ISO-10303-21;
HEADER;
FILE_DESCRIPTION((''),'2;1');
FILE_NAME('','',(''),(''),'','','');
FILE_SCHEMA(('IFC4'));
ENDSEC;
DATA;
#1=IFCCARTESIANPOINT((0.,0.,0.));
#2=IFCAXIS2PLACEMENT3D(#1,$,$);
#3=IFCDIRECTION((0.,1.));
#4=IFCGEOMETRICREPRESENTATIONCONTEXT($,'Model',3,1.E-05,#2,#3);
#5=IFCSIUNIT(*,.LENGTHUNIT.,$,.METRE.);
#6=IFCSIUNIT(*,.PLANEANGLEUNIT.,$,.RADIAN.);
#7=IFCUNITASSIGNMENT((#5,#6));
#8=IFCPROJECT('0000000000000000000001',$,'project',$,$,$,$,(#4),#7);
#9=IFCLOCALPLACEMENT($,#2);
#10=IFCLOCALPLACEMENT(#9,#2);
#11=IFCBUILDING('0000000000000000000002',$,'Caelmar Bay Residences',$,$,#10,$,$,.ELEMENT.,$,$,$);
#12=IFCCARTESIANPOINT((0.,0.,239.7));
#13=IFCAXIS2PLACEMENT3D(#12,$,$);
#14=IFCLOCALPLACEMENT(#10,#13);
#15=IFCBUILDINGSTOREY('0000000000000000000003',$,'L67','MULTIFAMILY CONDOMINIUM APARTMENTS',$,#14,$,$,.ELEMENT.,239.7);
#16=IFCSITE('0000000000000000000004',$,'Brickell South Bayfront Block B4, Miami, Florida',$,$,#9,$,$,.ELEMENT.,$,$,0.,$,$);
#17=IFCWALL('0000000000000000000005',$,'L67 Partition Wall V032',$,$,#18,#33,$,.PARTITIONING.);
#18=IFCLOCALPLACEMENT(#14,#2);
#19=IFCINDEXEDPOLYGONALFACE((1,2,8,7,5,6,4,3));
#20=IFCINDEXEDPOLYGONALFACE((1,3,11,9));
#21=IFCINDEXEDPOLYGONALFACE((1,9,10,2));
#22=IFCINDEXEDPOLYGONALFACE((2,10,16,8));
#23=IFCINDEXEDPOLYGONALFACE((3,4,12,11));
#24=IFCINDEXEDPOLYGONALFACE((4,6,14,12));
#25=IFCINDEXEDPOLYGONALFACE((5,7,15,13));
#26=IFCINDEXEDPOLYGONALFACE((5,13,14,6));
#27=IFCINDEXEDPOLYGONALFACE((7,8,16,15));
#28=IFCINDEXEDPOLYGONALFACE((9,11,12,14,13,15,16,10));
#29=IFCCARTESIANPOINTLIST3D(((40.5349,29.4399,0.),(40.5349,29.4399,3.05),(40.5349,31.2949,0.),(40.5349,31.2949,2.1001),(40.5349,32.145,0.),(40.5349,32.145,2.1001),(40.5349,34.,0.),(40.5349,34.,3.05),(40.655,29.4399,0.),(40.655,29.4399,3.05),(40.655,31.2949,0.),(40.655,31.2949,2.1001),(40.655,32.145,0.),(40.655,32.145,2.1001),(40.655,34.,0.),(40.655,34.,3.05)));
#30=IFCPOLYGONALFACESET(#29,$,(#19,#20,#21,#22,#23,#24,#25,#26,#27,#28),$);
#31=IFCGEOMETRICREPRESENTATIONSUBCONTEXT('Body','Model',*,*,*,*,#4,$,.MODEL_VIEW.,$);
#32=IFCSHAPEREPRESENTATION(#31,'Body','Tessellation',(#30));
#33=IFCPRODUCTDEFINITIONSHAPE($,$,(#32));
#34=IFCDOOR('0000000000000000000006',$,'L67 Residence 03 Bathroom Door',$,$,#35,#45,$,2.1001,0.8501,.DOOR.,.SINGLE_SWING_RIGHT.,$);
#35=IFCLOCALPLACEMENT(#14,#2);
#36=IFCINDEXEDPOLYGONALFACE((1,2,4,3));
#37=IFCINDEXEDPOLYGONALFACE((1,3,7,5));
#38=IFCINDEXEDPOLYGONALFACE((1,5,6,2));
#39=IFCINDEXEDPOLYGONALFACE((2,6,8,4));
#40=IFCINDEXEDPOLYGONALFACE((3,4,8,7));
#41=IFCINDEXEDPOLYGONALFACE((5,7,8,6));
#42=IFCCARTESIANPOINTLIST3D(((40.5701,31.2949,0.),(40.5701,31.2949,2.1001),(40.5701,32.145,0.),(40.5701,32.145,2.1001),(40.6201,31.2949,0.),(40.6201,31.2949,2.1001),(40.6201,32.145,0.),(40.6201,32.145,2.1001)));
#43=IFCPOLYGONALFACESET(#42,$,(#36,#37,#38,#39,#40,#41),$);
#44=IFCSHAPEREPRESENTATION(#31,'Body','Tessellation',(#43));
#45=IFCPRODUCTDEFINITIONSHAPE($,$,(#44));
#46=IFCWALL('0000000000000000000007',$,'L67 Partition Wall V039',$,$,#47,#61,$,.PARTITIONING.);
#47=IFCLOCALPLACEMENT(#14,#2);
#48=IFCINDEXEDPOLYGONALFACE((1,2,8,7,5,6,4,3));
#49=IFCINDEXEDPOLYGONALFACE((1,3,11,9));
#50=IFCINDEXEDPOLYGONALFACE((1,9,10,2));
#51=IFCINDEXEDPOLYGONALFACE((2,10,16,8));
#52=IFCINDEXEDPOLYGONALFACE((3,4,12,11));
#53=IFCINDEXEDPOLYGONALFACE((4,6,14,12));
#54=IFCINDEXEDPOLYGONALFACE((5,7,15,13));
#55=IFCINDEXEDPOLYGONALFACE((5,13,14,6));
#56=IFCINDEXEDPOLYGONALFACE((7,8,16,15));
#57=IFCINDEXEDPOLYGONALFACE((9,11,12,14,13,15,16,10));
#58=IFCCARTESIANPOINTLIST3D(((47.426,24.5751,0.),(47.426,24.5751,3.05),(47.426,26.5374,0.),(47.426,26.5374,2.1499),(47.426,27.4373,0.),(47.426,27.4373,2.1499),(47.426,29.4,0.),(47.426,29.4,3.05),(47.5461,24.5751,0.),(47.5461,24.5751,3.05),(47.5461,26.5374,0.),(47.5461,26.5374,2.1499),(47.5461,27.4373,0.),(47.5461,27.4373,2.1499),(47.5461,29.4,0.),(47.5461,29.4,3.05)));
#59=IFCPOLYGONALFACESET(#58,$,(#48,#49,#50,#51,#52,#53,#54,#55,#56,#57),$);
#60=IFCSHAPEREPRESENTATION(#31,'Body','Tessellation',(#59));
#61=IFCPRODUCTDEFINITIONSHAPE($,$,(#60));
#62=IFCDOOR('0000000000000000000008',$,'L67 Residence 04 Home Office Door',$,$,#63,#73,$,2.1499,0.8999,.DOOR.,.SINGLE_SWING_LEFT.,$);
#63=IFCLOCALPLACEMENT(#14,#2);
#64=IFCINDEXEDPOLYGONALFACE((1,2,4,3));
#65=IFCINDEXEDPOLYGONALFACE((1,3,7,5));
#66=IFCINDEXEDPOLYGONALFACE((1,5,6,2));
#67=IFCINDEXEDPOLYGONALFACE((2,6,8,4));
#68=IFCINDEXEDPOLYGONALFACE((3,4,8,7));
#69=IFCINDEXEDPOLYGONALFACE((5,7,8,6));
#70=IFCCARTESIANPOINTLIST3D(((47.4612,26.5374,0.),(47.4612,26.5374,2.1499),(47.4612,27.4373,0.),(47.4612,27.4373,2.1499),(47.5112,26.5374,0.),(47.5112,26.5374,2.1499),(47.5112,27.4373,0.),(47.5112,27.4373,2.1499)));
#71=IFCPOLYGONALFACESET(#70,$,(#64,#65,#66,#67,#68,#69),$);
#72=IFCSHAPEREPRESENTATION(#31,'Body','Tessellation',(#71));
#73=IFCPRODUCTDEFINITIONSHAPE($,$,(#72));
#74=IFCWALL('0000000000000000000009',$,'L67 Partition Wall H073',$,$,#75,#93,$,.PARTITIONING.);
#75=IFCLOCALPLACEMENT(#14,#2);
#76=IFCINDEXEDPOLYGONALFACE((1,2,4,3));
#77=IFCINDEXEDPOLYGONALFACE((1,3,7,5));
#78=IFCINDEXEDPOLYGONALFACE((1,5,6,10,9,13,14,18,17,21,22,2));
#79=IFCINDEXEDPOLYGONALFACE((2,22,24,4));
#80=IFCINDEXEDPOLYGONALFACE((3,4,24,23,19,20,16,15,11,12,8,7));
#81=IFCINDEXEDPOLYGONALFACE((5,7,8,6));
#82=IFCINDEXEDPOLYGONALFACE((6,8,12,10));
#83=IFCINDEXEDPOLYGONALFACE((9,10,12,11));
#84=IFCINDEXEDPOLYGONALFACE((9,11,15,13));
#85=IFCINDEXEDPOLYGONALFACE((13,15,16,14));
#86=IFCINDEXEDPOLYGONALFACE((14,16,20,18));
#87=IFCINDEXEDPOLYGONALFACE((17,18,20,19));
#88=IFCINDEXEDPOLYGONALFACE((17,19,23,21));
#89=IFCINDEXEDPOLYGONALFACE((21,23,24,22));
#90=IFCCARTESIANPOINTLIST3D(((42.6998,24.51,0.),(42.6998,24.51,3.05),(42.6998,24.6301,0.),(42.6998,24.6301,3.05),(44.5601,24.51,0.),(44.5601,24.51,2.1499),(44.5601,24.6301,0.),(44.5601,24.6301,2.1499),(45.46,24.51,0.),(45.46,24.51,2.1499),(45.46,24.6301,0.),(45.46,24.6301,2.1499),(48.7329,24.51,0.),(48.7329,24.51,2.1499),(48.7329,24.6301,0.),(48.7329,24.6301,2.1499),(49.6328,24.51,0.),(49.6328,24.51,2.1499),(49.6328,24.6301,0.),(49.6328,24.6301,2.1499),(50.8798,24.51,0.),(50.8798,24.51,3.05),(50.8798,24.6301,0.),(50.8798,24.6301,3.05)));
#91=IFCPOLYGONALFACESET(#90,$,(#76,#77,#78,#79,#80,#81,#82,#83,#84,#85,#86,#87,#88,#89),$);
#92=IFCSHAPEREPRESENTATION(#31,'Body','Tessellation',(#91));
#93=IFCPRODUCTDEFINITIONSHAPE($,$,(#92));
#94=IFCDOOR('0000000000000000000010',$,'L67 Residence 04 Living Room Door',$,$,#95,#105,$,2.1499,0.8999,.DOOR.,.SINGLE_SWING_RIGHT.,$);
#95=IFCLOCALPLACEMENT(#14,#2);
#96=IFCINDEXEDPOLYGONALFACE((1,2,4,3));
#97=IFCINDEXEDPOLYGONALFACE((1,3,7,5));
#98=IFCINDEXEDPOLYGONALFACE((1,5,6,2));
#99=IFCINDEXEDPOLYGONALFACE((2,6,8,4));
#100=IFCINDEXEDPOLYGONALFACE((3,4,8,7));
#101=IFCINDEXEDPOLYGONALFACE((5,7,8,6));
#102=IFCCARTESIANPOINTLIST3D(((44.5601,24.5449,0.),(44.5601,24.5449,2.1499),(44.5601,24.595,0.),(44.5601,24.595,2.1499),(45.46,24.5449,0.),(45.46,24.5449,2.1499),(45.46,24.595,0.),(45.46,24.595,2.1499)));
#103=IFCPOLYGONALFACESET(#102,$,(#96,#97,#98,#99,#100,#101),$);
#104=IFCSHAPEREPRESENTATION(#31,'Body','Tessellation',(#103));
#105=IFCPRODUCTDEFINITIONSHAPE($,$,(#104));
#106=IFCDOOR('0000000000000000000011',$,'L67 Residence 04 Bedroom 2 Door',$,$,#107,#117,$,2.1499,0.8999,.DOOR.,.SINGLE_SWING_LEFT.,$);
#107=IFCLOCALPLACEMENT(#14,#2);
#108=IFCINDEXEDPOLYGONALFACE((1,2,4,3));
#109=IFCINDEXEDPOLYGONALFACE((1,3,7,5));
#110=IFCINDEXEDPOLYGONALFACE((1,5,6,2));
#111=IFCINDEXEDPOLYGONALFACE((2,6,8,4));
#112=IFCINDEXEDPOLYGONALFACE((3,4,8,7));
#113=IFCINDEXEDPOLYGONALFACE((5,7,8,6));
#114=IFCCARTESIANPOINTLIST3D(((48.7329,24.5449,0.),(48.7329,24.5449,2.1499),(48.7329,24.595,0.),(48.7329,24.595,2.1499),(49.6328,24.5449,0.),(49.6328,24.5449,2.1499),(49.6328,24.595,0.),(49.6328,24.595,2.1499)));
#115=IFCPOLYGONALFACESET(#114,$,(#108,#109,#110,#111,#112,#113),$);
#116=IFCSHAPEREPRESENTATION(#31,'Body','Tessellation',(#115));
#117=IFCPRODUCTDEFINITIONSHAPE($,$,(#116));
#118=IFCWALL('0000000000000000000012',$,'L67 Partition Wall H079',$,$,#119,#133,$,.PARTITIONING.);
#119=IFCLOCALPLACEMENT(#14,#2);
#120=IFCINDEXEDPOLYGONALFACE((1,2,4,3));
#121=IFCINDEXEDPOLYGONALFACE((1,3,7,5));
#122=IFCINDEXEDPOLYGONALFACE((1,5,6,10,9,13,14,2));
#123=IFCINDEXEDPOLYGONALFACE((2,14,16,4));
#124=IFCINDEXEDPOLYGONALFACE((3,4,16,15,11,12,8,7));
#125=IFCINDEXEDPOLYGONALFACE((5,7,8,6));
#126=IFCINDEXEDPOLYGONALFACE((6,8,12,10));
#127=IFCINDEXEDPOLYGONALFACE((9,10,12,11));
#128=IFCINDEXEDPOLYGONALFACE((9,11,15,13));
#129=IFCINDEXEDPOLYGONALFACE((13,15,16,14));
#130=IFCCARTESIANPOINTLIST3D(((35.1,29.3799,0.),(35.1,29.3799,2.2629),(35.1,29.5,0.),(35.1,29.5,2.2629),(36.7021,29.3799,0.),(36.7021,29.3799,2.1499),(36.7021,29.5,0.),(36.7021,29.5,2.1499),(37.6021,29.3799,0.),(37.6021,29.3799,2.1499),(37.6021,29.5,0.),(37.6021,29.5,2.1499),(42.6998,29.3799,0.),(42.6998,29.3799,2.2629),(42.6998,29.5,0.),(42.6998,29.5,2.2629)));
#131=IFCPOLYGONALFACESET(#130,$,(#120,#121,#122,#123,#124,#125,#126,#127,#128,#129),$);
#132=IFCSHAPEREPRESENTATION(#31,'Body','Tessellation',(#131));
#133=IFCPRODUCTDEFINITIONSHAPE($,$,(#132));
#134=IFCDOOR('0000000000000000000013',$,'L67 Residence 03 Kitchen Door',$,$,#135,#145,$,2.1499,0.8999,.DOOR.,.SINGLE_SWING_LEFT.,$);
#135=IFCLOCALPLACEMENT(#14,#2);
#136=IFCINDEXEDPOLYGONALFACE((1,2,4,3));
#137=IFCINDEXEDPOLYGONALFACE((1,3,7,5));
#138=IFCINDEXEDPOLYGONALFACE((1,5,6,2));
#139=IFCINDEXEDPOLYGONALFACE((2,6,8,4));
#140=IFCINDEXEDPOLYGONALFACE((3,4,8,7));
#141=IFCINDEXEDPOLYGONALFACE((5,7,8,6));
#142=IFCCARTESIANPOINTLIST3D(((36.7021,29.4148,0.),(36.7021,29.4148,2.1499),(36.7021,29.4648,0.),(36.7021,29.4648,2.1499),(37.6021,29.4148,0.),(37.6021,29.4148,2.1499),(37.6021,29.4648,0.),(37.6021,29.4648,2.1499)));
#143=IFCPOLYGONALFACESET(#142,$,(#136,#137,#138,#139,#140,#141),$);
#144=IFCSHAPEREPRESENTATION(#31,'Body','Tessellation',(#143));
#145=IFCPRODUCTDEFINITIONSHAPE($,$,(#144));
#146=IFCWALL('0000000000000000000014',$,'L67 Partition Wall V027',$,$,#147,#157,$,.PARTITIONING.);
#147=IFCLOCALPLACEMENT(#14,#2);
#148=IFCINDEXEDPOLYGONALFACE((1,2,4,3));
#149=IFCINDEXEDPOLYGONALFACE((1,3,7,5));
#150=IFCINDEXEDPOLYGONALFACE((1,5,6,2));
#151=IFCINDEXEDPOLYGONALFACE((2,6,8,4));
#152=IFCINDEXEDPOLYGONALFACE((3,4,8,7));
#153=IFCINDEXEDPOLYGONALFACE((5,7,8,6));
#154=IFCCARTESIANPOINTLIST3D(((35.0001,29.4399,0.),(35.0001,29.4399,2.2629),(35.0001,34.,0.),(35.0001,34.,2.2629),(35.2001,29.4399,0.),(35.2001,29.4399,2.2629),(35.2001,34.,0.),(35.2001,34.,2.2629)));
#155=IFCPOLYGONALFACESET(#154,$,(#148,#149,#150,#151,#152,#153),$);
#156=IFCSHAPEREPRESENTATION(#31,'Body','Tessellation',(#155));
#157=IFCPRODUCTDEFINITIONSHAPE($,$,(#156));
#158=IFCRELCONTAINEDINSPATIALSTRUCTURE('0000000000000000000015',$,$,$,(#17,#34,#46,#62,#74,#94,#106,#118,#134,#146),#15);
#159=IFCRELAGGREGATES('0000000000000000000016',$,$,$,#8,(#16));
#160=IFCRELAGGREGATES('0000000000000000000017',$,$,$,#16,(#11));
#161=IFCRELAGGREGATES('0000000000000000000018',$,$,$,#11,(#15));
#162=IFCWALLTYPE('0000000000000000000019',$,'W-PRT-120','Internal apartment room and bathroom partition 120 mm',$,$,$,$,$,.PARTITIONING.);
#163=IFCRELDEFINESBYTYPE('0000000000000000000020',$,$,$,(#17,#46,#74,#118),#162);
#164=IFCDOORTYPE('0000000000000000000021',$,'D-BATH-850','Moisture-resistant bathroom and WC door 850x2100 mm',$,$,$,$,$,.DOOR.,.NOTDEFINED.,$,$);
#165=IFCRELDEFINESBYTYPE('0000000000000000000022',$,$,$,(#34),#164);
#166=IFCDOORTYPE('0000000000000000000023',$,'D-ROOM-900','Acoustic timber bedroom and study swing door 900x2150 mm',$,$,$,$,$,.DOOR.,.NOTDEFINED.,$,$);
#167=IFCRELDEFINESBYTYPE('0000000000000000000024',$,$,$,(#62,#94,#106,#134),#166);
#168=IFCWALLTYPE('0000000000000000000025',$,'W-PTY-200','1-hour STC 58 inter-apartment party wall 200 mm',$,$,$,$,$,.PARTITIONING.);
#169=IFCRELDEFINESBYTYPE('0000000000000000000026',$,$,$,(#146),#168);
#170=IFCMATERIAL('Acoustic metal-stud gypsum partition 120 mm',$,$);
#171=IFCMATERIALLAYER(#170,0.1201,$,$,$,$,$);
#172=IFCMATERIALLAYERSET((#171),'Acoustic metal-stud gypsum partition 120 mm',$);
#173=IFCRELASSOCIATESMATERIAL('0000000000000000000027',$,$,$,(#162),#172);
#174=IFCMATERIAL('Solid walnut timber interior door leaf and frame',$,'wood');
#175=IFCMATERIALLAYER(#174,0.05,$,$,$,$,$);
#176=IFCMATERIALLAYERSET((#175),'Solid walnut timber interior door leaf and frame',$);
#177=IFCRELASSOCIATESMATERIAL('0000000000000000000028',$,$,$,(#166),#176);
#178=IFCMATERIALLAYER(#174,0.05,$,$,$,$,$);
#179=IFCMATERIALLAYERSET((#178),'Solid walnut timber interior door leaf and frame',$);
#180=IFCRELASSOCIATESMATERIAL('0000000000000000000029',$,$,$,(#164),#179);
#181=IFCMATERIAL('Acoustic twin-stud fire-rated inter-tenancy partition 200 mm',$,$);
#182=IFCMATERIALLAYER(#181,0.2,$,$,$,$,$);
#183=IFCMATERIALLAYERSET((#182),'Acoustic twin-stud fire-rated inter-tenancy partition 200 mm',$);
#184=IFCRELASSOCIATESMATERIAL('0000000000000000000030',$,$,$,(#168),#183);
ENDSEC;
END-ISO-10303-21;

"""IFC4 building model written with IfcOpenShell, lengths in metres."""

from ifc_helpers import new_model, si_unit, direction, frame, frame_2d, origin, place, context, subcontext, project, spatial, rectangle, extrude, material, layer, layer_set, type_object, element, fill, save


model = new_model("IFC4")

# Units and contexts
model_context = context("Model", 3, precision=1e-05, world=origin(), true_north=direction((0.0, 1.0)))
body_context = subcontext(model_context, "Body", "Model", "MODEL_VIEW")
ifc_project = project(units=[si_unit("LENGTHUNIT", "METRE"), si_unit("PLANEANGLEUNIT", "RADIAN")], contexts=[model_context])

# Site, building, storey
site_placement = place(None, origin())
site = spatial("IfcSite", under=ifc_project, at=site_placement, Name="Brickell South Bayfront Block B4, Miami, Florida", CompositionType="ELEMENT", RefElevation=0.0)
building_placement = place(site_placement, origin())
building = spatial("IfcBuilding", under=site, at=building_placement, Name="Caelmar Bay Residences", CompositionType="ELEMENT")
storey_placement = place(building_placement, frame((0.0, 0.0, 239.7)))
storey = spatial("IfcBuildingStorey", under=building, at=storey_placement, Name="L67", Description="MULTIFAMILY CONDOMINIUM APARTMENTS", CompositionType="ELEMENT", Elevation=239.7)

# Walls, openings, doors
ifc_material_1 = material(Name="Acoustic metal-stud gypsum partition 120 mm")
ifc_layer_1 = layer(ifc_material_1, 0.1201)
ifc_layer_set_1 = layer_set([ifc_layer_1], Name="Acoustic metal-stud gypsum partition 120 mm")
wall_type_1 = type_object("IfcWallType", Name="W-PRT-120", Description="Internal apartment room and bathroom partition 120 mm", PredefinedType="PARTITIONING", material=ifc_layer_set_1)
ifc_material_2 = material(Name="Solid walnut timber interior door leaf and frame", Category="wood")
ifc_layer_2 = layer(ifc_material_2, 0.05)
ifc_layer_set_2 = layer_set([ifc_layer_2], Name="Solid walnut timber interior door leaf and frame")
door_type_1 = type_object("IfcDoorType", Name="D-ROOM-900", Description="Acoustic timber bedroom and study swing door 900x2150 mm", OperationType="NOTDEFINED", PredefinedType="DOOR", material=ifc_layer_set_2)
wall_1_placement = place(storey_placement, frame((40.595, 29.4399, 0.0), z_axis=(0.0, 0.0, 1.0), x_axis=(0.0, 1.0, 0.0)))
wall_1 = element("IfcWall", 1, at=wall_1_placement, inside=storey, type_object=wall_type_1, Name="L67 Partition Wall V032", PredefinedType="PARTITIONING", context=body_context, shape_type="SweptSolid", body=[
    extrude(rectangle(XDim=4.5601, YDim=0.1201, at=frame_2d((2.28, 0.0))), origin(), (0.0, 0.0, 1.0), 3.05),
])
opening_1_placement = place(wall_1_placement, frame((1.855, 0.0, 0.0)))
opening_1 = element("IfcOpeningElement", 2, at=opening_1_placement, cuts=wall_1, PredefinedType="OPENING", context=body_context, shape_type="SweptSolid", body=[
    extrude(rectangle(XDim=0.8501, YDim=2.1001, at=frame_2d((0.425, 1.05))), frame((0.0, 0.0701, 0.0), z_axis=(0.0, -1.0, 0.0), x_axis=(1.0, 0.0, 0.0)), (0.0, 0.0, 1.0), 0.1401),
])
ifc_layer_3 = layer(ifc_material_2, 0.05)
ifc_layer_set_3 = layer_set([ifc_layer_3], Name="Solid walnut timber interior door leaf and frame")
door_type_2 = type_object("IfcDoorType", Name="D-BATH-850", Description="Moisture-resistant bathroom and WC door 850x2100 mm", OperationType="NOTDEFINED", PredefinedType="DOOR", material=ifc_layer_set_3)
door_1_placement = place(opening_1_placement, origin())
door_1 = element("IfcDoor", 3, at=door_1_placement, inside=storey, type_object=door_type_2, Name="L67 Residence 03 Bathroom Door", OperationType="SINGLE_SWING_RIGHT", OverallHeight=2.1001, OverallWidth=0.8501, PredefinedType="DOOR", context=body_context, shape_type="SweptSolid", body=[
    extrude(rectangle(XDim=0.8501, YDim=2.1001, at=frame_2d((0.425, 1.05))), frame((0.0, 0.0249, 0.0), z_axis=(0.0, -1.0, 0.0), x_axis=(1.0, 0.0, 0.0)), (0.0, 0.0, 1.0), 0.05),
])
fill(opening_1, door_1)
wall_2_placement = place(storey_placement, frame((47.4861, 24.575, 0.0), z_axis=(0.0, 0.0, 1.0), x_axis=(0.0, 1.0, 0.0)))
wall_2 = element("IfcWall", 4, at=wall_2_placement, inside=storey, type_object=wall_type_1, Name="L67 Partition Wall V039", PredefinedType="PARTITIONING", context=body_context, shape_type="SweptSolid", body=[
    extrude(rectangle(XDim=4.825, YDim=0.1201, at=frame_2d((2.4126, 0.0))), origin(), (0.0, 0.0, 1.0), 3.05),
])
opening_2_placement = place(wall_2_placement, frame((1.9624, 0.0, 0.0)))
opening_2 = element("IfcOpeningElement", 5, at=opening_2_placement, cuts=wall_2, PredefinedType="OPENING", context=body_context, shape_type="SweptSolid", body=[
    extrude(rectangle(XDim=0.8999, YDim=2.1499, at=frame_2d((0.45, 1.075))), frame((0.0, 0.0701, 0.0), z_axis=(0.0, -1.0, 0.0), x_axis=(1.0, 0.0, 0.0)), (0.0, 0.0, 1.0), 0.1401),
])
door_2_placement = place(opening_2_placement, origin())
door_2 = element("IfcDoor", 6, at=door_2_placement, inside=storey, type_object=door_type_1, Name="L67 Residence 04 Home Office Door", OperationType="SINGLE_SWING_LEFT", OverallHeight=2.1499, OverallWidth=0.8999, PredefinedType="DOOR", context=body_context, shape_type="SweptSolid", body=[
    extrude(rectangle(XDim=0.8999, YDim=2.1499, at=frame_2d((0.45, 1.075))), frame((0.0, 0.0249, 0.0), z_axis=(0.0, -1.0, 0.0), x_axis=(1.0, 0.0, 0.0)), (0.0, 0.0, 1.0), 0.05),
])
fill(opening_2, door_2)

# Wall, openings, doors
wall_3_placement = place(storey_placement, frame((42.7, 24.5701, 0.0), z_axis=(0.0, 0.0, 1.0), x_axis=(1.0, 0.0, 0.0)))
wall_3 = element("IfcWall", 7, at=wall_3_placement, inside=storey, type_object=wall_type_1, Name="L67 Partition Wall H073", PredefinedType="PARTITIONING", context=body_context, shape_type="SweptSolid", body=[
    extrude(rectangle(XDim=8.1799, YDim=0.1201, at=frame_2d((4.0898, 0.0))), origin(), (0.0, 0.0, 1.0), 3.05),
])
opening_3_placement = place(wall_3_placement, frame((1.8601, 0.0, 0.0)))
opening_3 = element("IfcOpeningElement", 8, at=opening_3_placement, cuts=wall_3, PredefinedType="OPENING", context=body_context, shape_type="SweptSolid", body=[
    extrude(rectangle(XDim=0.8999, YDim=2.1499, at=frame_2d((0.45, 1.075))), frame((0.0, 0.0701, 0.0), z_axis=(0.0, -1.0, 0.0), x_axis=(1.0, 0.0, 0.0)), (0.0, 0.0, 1.0), 0.1401),
])
opening_4_placement = place(wall_3_placement, frame((6.033, 0.0, 0.0)))
opening_4 = element("IfcOpeningElement", 9, at=opening_4_placement, cuts=wall_3, PredefinedType="OPENING", context=body_context, shape_type="SweptSolid", body=[
    extrude(rectangle(XDim=0.8999, YDim=2.1499, at=frame_2d((0.45, 1.075))), frame((0.0, 0.0701, 0.0), z_axis=(0.0, -1.0, 0.0), x_axis=(1.0, 0.0, 0.0)), (0.0, 0.0, 1.0), 0.1401),
])
door_3_placement = place(opening_3_placement, origin())
door_3 = element("IfcDoor", 10, at=door_3_placement, inside=storey, type_object=door_type_1, Name="L67 Residence 04 Living Room Door", OperationType="SINGLE_SWING_RIGHT", OverallHeight=2.1499, OverallWidth=0.8999, PredefinedType="DOOR", context=body_context, shape_type="SweptSolid", body=[
    extrude(rectangle(XDim=0.8999, YDim=2.1499, at=frame_2d((0.45, 1.075))), frame((0.0, 0.0249, 0.0), z_axis=(0.0, -1.0, 0.0), x_axis=(1.0, 0.0, 0.0)), (0.0, 0.0, 1.0), 0.05),
])
fill(opening_3, door_3)
door_4_placement = place(opening_4_placement, origin())
door_4 = element("IfcDoor", 11, at=door_4_placement, inside=storey, type_object=door_type_1, Name="L67 Residence 04 Bedroom 2 Door", OperationType="SINGLE_SWING_LEFT", OverallHeight=2.1499, OverallWidth=0.8999, PredefinedType="DOOR", context=body_context, shape_type="SweptSolid", body=[
    extrude(rectangle(XDim=0.8999, YDim=2.1499, at=frame_2d((0.45, 1.075))), frame((0.0, 0.0249, 0.0), z_axis=(0.0, -1.0, 0.0), x_axis=(1.0, 0.0, 0.0)), (0.0, 0.0, 1.0), 0.05),
])
fill(opening_4, door_4)

# Wall, opening, door
wall_4_placement = place(storey_placement, frame((35.1001, 29.4399, 0.0), z_axis=(0.0, 0.0, 1.0), x_axis=(1.0, 0.0, 0.0)))
wall_4 = element("IfcWall", 12, at=wall_4_placement, inside=storey, type_object=wall_type_1, Name="L67 Partition Wall H079", PredefinedType="PARTITIONING", context=body_context, shape_type="SweptSolid", body=[
    extrude(rectangle(XDim=7.5999, YDim=0.1201, at=frame_2d((3.7998, 0.0))), origin(), (0.0, 0.0, 1.0), 2.2629),
])
opening_5_placement = place(wall_4_placement, frame((1.6021, 0.0, 0.0)))
opening_5 = element("IfcOpeningElement", 13, at=opening_5_placement, cuts=wall_4, PredefinedType="OPENING", context=body_context, shape_type="SweptSolid", body=[
    extrude(rectangle(XDim=0.8999, YDim=2.1499, at=frame_2d((0.45, 1.075))), frame((0.0, 0.0701, 0.0), z_axis=(0.0, -1.0, 0.0), x_axis=(1.0, 0.0, 0.0)), (0.0, 0.0, 1.0), 0.1401),
])
door_5_placement = place(opening_5_placement, origin())
door_5 = element("IfcDoor", 14, at=door_5_placement, inside=storey, type_object=door_type_1, Name="L67 Residence 03 Kitchen Door", OperationType="SINGLE_SWING_LEFT", OverallHeight=2.1499, OverallWidth=0.8999, PredefinedType="DOOR", context=body_context, shape_type="SweptSolid", body=[
    extrude(rectangle(XDim=0.8999, YDim=2.1499, at=frame_2d((0.45, 1.075))), frame((0.0, 0.0249, 0.0), z_axis=(0.0, -1.0, 0.0), x_axis=(1.0, 0.0, 0.0)), (0.0, 0.0, 1.0), 0.05),
])
fill(opening_5, door_5)

# Wall
ifc_material_3 = material(Name="Acoustic twin-stud fire-rated inter-tenancy partition 200 mm")
ifc_layer_4 = layer(ifc_material_3, 0.2)
ifc_layer_set_4 = layer_set([ifc_layer_4], Name="Acoustic twin-stud fire-rated inter-tenancy partition 200 mm")
wall_type_2 = type_object("IfcWallType", Name="W-PTY-200", Description="1-hour STC 58 inter-apartment party wall 200 mm", PredefinedType="PARTITIONING", material=ifc_layer_set_4)
wall_5_placement = place(storey_placement, frame((35.1001, 29.4399, 0.0), z_axis=(0.0, 0.0, 1.0), x_axis=(0.0, 1.0, 0.0)))
element("IfcWall", 15, at=wall_5_placement, inside=storey, type_object=wall_type_2, Name="L67 Partition Wall V027", PredefinedType="PARTITIONING", context=body_context, shape_type="SweptSolid", body=[
    extrude(rectangle(XDim=4.5601, YDim=0.2, at=frame_2d((2.28, 0.0))), origin(), (0.0, 0.0, 1.0), 2.2629),
])

save(model, "model.ifc")
